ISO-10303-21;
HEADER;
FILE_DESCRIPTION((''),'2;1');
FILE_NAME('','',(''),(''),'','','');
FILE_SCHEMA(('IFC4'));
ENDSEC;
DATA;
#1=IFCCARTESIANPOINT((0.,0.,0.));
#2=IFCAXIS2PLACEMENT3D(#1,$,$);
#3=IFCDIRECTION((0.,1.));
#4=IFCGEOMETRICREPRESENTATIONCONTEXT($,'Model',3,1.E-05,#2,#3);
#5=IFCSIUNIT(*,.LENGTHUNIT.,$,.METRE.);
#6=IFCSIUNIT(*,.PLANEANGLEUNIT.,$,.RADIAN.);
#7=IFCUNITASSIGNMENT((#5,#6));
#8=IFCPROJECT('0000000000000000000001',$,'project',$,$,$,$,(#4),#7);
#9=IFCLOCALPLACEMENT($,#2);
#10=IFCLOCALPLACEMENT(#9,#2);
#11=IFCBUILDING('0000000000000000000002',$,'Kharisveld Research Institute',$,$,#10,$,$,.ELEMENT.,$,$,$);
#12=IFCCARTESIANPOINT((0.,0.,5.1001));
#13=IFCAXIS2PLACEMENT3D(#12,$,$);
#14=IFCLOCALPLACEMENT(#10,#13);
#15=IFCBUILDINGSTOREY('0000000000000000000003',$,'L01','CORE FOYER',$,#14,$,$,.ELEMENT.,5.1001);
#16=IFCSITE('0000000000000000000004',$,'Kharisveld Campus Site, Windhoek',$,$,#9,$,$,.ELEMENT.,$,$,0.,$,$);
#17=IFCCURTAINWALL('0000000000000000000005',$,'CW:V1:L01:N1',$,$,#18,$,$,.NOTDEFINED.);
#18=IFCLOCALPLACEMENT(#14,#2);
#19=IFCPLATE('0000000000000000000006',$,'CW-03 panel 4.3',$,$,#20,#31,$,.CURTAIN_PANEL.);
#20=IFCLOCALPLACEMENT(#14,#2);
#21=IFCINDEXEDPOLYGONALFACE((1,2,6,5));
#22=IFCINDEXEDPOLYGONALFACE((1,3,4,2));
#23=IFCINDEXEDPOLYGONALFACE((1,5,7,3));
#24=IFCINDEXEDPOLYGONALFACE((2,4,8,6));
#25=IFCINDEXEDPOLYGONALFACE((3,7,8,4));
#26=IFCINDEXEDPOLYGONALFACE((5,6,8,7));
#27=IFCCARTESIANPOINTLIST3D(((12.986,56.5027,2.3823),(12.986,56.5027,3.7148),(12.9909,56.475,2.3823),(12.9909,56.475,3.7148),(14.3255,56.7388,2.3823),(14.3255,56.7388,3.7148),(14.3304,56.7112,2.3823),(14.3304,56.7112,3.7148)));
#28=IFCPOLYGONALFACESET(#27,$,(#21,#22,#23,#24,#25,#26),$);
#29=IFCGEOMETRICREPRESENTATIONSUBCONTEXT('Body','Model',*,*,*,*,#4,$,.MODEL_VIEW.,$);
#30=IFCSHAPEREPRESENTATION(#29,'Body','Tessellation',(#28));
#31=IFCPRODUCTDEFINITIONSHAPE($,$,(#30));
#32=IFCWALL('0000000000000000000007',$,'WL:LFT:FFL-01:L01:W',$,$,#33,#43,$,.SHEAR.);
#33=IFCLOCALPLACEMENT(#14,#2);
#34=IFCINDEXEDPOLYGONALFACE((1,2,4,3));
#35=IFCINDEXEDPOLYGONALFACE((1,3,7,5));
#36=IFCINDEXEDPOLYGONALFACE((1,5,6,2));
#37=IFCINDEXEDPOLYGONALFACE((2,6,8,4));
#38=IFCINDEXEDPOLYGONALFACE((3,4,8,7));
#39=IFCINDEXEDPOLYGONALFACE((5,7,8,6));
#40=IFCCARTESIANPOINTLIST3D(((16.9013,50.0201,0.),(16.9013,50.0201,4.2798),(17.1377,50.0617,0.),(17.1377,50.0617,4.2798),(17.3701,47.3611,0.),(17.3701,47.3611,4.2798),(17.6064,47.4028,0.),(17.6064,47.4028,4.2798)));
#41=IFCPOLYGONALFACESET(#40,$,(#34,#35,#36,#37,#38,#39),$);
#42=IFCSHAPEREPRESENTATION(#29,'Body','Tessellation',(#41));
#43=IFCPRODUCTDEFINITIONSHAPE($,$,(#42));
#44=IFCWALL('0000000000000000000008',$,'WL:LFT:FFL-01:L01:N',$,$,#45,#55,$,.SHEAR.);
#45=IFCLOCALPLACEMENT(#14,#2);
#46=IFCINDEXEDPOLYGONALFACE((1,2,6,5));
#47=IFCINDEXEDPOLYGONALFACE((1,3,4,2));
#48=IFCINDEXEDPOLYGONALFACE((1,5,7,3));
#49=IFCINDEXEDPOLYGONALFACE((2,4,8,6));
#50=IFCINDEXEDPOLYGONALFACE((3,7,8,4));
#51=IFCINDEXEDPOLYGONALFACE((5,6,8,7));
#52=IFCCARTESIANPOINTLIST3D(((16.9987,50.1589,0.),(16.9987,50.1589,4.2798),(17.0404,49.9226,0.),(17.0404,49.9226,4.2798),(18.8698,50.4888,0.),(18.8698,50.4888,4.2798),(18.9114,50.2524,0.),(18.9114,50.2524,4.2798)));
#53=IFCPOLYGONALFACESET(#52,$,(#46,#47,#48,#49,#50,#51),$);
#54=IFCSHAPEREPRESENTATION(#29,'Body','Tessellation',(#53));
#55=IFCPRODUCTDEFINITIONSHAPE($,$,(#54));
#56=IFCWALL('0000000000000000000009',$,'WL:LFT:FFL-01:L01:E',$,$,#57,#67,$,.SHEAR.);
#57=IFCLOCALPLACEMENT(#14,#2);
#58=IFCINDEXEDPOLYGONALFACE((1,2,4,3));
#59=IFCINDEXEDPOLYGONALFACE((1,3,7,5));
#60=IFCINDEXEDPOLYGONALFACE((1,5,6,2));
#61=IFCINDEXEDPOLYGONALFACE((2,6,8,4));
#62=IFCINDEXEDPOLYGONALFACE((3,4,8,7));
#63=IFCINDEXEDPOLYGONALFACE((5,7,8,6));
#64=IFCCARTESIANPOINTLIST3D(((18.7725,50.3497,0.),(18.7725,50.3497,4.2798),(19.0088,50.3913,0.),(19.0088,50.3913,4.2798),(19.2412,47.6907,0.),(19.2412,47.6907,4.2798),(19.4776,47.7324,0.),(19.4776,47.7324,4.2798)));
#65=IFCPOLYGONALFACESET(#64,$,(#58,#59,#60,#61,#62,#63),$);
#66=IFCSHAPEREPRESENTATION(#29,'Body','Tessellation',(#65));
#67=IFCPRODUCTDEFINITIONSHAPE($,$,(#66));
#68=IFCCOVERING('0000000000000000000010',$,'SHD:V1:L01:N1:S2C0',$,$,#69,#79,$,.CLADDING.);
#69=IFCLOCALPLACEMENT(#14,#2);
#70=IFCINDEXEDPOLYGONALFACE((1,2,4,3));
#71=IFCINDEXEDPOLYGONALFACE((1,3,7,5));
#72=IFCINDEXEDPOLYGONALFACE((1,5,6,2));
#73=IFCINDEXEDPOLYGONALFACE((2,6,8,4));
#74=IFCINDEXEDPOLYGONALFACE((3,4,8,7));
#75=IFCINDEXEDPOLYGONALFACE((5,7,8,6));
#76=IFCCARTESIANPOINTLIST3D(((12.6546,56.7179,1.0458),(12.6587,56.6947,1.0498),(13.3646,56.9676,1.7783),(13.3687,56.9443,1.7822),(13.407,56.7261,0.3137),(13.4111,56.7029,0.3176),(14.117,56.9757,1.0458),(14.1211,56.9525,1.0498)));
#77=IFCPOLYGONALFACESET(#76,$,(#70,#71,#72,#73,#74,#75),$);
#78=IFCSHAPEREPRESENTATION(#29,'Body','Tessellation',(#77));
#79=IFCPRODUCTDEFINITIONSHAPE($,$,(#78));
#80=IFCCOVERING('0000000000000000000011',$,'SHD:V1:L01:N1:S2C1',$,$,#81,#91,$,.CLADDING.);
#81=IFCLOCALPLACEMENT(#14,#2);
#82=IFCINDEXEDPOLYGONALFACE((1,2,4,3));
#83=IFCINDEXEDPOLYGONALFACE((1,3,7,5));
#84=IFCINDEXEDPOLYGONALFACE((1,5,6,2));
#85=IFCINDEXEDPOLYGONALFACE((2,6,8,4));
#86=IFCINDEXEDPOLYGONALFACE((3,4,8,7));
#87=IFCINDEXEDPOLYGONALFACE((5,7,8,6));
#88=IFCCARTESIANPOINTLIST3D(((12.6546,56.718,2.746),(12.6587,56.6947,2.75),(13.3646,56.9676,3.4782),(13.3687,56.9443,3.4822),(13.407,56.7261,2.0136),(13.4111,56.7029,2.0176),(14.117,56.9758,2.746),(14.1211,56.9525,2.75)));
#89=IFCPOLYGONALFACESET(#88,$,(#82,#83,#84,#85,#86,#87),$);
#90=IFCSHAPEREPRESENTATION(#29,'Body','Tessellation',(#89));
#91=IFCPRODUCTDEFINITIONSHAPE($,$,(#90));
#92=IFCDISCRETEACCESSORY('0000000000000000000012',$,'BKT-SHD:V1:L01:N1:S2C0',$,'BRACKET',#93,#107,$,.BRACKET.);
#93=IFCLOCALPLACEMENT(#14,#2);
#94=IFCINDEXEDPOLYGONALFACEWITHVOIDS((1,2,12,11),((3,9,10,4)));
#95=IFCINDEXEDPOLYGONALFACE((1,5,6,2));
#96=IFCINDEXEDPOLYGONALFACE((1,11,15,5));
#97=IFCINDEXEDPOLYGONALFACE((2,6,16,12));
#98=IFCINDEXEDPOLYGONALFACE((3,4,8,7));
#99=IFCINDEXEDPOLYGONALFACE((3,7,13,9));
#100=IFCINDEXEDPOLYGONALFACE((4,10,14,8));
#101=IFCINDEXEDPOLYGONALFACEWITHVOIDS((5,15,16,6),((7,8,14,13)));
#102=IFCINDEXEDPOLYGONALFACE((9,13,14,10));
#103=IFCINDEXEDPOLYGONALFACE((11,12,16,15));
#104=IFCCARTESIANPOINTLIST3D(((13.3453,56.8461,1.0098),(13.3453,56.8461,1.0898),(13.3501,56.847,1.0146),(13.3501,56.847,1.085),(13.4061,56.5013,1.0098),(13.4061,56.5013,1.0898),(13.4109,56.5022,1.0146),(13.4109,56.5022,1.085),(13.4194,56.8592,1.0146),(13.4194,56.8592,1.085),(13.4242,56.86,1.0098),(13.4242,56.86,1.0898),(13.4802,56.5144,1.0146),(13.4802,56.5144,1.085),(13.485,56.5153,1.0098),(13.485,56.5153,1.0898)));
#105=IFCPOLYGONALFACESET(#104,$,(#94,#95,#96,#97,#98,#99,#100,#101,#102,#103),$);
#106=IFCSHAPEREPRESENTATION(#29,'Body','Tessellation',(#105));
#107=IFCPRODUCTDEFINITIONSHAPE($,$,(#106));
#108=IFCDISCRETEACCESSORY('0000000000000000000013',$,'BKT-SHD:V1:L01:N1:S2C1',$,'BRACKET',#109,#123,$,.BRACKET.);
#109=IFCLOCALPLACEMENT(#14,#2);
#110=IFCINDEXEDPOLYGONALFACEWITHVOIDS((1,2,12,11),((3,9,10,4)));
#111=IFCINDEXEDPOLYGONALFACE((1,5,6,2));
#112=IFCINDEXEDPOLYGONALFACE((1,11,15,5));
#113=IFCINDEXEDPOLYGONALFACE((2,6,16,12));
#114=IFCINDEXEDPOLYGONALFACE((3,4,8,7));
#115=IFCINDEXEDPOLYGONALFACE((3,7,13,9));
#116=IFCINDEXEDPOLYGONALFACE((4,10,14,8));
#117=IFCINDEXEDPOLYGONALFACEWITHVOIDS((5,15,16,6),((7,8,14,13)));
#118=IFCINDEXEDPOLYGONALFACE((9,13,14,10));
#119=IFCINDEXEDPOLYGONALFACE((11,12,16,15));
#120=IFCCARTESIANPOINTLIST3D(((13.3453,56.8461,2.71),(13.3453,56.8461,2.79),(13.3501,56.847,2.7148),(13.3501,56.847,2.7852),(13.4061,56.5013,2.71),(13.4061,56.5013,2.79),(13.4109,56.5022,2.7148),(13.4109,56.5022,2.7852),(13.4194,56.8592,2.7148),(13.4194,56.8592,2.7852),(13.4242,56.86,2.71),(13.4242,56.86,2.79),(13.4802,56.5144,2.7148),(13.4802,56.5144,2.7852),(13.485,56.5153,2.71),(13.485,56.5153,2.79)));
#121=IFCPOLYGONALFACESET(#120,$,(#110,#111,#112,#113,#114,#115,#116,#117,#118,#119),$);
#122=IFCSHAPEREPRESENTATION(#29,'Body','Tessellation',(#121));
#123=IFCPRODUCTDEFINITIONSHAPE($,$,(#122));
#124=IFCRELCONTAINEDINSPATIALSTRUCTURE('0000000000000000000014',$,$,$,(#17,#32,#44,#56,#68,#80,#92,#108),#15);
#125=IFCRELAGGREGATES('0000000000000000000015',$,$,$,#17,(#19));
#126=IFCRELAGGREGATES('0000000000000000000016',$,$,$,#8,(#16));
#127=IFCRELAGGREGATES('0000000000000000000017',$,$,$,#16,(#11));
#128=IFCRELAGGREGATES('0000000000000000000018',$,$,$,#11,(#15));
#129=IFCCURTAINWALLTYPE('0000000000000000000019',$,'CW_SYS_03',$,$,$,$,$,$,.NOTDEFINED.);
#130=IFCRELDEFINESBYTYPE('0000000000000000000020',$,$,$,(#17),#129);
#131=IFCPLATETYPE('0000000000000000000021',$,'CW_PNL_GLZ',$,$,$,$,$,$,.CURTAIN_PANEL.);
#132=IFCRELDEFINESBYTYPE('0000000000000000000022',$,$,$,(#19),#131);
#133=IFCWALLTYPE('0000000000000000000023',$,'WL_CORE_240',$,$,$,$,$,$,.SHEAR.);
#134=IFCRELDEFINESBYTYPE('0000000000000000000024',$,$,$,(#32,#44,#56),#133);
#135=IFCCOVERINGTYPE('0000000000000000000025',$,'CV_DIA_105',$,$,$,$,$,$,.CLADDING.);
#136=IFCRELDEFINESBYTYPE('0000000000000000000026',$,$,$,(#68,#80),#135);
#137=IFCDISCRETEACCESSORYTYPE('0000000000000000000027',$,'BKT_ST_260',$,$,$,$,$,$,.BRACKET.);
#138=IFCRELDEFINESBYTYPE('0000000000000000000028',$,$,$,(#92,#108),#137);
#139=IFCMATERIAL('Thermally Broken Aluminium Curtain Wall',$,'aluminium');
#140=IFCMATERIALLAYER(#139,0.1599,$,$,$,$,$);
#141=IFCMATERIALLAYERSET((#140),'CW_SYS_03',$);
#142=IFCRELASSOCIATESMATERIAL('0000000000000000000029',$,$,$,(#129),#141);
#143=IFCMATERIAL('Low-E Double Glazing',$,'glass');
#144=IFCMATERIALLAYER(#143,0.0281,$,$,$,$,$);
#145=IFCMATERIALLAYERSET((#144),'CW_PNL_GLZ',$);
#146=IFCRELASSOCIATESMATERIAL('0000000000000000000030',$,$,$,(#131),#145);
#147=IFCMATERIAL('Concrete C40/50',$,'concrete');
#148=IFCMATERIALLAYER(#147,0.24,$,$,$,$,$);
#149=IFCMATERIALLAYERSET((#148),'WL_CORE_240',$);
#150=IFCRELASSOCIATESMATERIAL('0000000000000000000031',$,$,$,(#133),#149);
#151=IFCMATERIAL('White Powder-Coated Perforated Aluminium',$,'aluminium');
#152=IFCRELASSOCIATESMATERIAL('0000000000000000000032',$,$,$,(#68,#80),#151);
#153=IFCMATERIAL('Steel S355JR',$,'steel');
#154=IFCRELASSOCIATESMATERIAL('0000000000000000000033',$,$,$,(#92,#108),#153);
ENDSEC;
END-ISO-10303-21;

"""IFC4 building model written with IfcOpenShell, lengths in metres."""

from ifc_helpers import new_model, si_unit, direction, frame, frame_2d, origin, origin_2d, place, context, subcontext, project, spatial, polyline, rectangle, hollow_rectangle, outline, extrude, material, layer, layer_set, type_object, element, aggregate, save


model = new_model("IFC4")

# Units and contexts
model_context = context("Model", 3, precision=1e-05, world=origin(), true_north=direction((0.0, 1.0)))
body_context = subcontext(model_context, "Body", "Model", "MODEL_VIEW")
ifc_project = project(units=[si_unit("LENGTHUNIT", "METRE"), si_unit("PLANEANGLEUNIT", "RADIAN")], contexts=[model_context])

# Site, building, storey
site_placement = place(None, origin())
site = spatial("IfcSite", under=ifc_project, at=site_placement, Name="Kharisveld Campus Site, Windhoek", CompositionType="ELEMENT", RefElevation=0.0)
building_placement = place(site_placement, origin())
building = spatial("IfcBuilding", under=site, at=building_placement, Name="Kharisveld Research Institute", CompositionType="ELEMENT")
storey_placement = place(building_placement, frame((0.0, 0.0, 5.1001)))
storey = spatial("IfcBuildingStorey", under=building, at=storey_placement, Name="L01", Description="CORE FOYER", CompositionType="ELEMENT", Elevation=5.1001)

# Curtain wall
ifc_material_1 = material(Name="Thermally Broken Aluminium Curtain Wall", Category="aluminium")
ifc_layer_1 = layer(ifc_material_1, 0.1599)
ifc_layer_set_1 = layer_set([ifc_layer_1], Name="CW_SYS_03")
curtain_wall_type = type_object("IfcCurtainWallType", Name="CW_SYS_03", PredefinedType="NOTDEFINED", material=ifc_layer_set_1)
curtain_wall_placement = place(storey_placement, origin())
curtain_wall = element("IfcCurtainWall", 1, at=curtain_wall_placement, inside=storey, type_object=curtain_wall_type, Name="CW:V1:L01:N1", PredefinedType="NOTDEFINED")

# Plate
ifc_material_2 = material(Name="Low-E Double Glazing", Category="glass")
ifc_layer_2 = layer(ifc_material_2, 0.0281)
ifc_layer_set_2 = layer_set([ifc_layer_2], Name="CW_PNL_GLZ")
plate_type = type_object("IfcPlateType", Name="CW_PNL_GLZ", PredefinedType="CURTAIN_PANEL", material=ifc_layer_set_2)
plate_1_placement = place(storey_placement, frame((13.6582, 56.6069, 2.3823), z_axis=(0.0, 0.0, 1.0), x_axis=(0.984808, 0.173648, 0.0)))
plate_1 = element("IfcPlate", 2, at=plate_1_placement, type_object=plate_type, Name="CW-03 panel 4.3", PredefinedType="CURTAIN_PANEL", context=body_context, shape_type="SweptSolid", body=[
    extrude(rectangle(XDim=1.3601, YDim=0.0281, at=origin_2d()), origin(), (0.0, 0.0, 1.0), 1.3325),
])
aggregate(curtain_wall, [plate_1])

# Walls
ifc_material_3 = material(Name="Concrete C40/50", Category="concrete")
ifc_layer_3 = layer(ifc_material_3, 0.24)
ifc_layer_set_3 = layer_set([ifc_layer_3], Name="WL_CORE_240")
wall_type = type_object("IfcWallType", Name="WL_CORE_240", PredefinedType="SHEAR", material=ifc_layer_set_3)
wall_1_placement = place(storey_placement, frame((17.4883, 47.3818, 0.0), z_axis=(0.0, 0.0, 1.0), x_axis=(-0.173615, 0.984814, 0.0)))
element("IfcWall", 3, at=wall_1_placement, inside=storey, type_object=wall_type, Name="WL:LFT:FFL-01:L01:W", PredefinedType="SHEAR", context=body_context, shape_type="SweptSolid", body=[
    extrude(rectangle(XDim=2.7, YDim=0.24, at=frame_2d((1.3501, 0.0))), origin(), (0.0, 0.0, 1.0), 4.2798),
])
wall_2_placement = place(storey_placement, frame((17.0195, 50.0408, 0.0), z_axis=(0.0, 0.0, 1.0), x_axis=(0.984816, 0.173602, 0.0)))
element("IfcWall", 4, at=wall_2_placement, inside=storey, type_object=wall_type, Name="WL:LFT:FFL-01:L01:N", PredefinedType="SHEAR", context=body_context, shape_type="SweptSolid", body=[
    extrude(rectangle(XDim=1.8999, YDim=0.24, at=frame_2d((0.95, 0.0))), origin(), (0.0, 0.0, 1.0), 4.2798),
])
wall_3_placement = place(storey_placement, frame((18.8906, 50.3706, 0.0), z_axis=(0.0, 0.0, 1.0), x_axis=(0.173615, -0.984814, 0.0)))
element("IfcWall", 5, at=wall_3_placement, inside=storey, type_object=wall_type, Name="WL:LFT:FFL-01:L01:E", PredefinedType="SHEAR", context=body_context, shape_type="SweptSolid", body=[
    extrude(rectangle(XDim=2.7, YDim=0.24, at=frame_2d((1.3501, 0.0))), origin(), (0.0, 0.0, 1.0), 4.2798),
])

# Coverings
ifc_material_4 = material(Name="White Powder-Coated Perforated Aluminium", Category="aluminium")
covering_type = type_object("IfcCoveringType", Name="CV_DIA_105", PredefinedType="CLADDING")
covering_1_placement = place(storey_placement, frame((13.4111, 56.7029, 0.3176), z_axis=(0.171234, -0.971299, 0.165096), x_axis=(0.676173, 0.237734, 0.697333)))
element("IfcCovering", 6, at=covering_1_placement, inside=storey, type_object=covering_type, material=ifc_material_4, Name="SHD:V1:L01:N1:S2C0", PredefinedType="CLADDING", context=body_context, shape_type="SweptSolid", body=[
    extrude(outline(polyline([(0.0, 0.0), (1.0499, 0.0), (1.05, 1.0501), (-0.0002, 1.0499), (0.0, 0.0)])), origin(), (0.0, 0.0, -1.0), 0.0239),
])
covering_2_placement = place(storey_placement, frame((13.4111, 56.7029, 2.0176), z_axis=(0.171234, -0.971299, 0.165096), x_axis=(0.676056, 0.237732, 0.697446)))
element("IfcCovering", 7, at=covering_2_placement, inside=storey, type_object=covering_type, material=ifc_material_4, Name="SHD:V1:L01:N1:S2C1", PredefinedType="CLADDING", context=body_context, shape_type="SweptSolid", body=[
    extrude(outline(polyline([(0.0, 0.0), (1.0501, 0.0), (1.0502, 1.0499), (0.0002, 1.0501), (0.0, 0.0)])), origin(), (0.0, 0.0, -1.0), 0.0239),
])

# Discrete accessories
ifc_material_5 = material(Name="Steel S355JR", Category="steel")
discrete_accessory_type = type_object("IfcDiscreteAccessoryType", Name="BKT_ST_260", PredefinedType="BRACKET")
for number, where, z_axis, x_axis, name in (
    (8, (13.4456, 56.5083, 1.0498), (-0.173666, 0.984805, 0.0), (-0.984805, -0.173666, 0.0), "BKT-SHD:V1:L01:N1:S2C0"),
    (9, (13.4456, 56.5083, 2.75), (-0.173666, 0.984805, 0.0), (-0.984805, -0.173666, 0.0), "BKT-SHD:V1:L01:N1:S2C1"),
):
    element("IfcDiscreteAccessory", number, at=place(storey_placement, frame(where, z_axis=z_axis, x_axis=x_axis)), inside=storey, type_object=discrete_accessory_type, material=ifc_material_5, Name=name, ObjectType="BRACKET", PredefinedType="BRACKET", context=body_context, shape_type="SweptSolid", body=[
        extrude(hollow_rectangle(XDim=0.0801, YDim=0.0801, WallThickness=0.0049, at=origin_2d()), origin(), (0.0, 0.0, 1.0), 0.3501),
    ])

save(model, "model.ifc")
